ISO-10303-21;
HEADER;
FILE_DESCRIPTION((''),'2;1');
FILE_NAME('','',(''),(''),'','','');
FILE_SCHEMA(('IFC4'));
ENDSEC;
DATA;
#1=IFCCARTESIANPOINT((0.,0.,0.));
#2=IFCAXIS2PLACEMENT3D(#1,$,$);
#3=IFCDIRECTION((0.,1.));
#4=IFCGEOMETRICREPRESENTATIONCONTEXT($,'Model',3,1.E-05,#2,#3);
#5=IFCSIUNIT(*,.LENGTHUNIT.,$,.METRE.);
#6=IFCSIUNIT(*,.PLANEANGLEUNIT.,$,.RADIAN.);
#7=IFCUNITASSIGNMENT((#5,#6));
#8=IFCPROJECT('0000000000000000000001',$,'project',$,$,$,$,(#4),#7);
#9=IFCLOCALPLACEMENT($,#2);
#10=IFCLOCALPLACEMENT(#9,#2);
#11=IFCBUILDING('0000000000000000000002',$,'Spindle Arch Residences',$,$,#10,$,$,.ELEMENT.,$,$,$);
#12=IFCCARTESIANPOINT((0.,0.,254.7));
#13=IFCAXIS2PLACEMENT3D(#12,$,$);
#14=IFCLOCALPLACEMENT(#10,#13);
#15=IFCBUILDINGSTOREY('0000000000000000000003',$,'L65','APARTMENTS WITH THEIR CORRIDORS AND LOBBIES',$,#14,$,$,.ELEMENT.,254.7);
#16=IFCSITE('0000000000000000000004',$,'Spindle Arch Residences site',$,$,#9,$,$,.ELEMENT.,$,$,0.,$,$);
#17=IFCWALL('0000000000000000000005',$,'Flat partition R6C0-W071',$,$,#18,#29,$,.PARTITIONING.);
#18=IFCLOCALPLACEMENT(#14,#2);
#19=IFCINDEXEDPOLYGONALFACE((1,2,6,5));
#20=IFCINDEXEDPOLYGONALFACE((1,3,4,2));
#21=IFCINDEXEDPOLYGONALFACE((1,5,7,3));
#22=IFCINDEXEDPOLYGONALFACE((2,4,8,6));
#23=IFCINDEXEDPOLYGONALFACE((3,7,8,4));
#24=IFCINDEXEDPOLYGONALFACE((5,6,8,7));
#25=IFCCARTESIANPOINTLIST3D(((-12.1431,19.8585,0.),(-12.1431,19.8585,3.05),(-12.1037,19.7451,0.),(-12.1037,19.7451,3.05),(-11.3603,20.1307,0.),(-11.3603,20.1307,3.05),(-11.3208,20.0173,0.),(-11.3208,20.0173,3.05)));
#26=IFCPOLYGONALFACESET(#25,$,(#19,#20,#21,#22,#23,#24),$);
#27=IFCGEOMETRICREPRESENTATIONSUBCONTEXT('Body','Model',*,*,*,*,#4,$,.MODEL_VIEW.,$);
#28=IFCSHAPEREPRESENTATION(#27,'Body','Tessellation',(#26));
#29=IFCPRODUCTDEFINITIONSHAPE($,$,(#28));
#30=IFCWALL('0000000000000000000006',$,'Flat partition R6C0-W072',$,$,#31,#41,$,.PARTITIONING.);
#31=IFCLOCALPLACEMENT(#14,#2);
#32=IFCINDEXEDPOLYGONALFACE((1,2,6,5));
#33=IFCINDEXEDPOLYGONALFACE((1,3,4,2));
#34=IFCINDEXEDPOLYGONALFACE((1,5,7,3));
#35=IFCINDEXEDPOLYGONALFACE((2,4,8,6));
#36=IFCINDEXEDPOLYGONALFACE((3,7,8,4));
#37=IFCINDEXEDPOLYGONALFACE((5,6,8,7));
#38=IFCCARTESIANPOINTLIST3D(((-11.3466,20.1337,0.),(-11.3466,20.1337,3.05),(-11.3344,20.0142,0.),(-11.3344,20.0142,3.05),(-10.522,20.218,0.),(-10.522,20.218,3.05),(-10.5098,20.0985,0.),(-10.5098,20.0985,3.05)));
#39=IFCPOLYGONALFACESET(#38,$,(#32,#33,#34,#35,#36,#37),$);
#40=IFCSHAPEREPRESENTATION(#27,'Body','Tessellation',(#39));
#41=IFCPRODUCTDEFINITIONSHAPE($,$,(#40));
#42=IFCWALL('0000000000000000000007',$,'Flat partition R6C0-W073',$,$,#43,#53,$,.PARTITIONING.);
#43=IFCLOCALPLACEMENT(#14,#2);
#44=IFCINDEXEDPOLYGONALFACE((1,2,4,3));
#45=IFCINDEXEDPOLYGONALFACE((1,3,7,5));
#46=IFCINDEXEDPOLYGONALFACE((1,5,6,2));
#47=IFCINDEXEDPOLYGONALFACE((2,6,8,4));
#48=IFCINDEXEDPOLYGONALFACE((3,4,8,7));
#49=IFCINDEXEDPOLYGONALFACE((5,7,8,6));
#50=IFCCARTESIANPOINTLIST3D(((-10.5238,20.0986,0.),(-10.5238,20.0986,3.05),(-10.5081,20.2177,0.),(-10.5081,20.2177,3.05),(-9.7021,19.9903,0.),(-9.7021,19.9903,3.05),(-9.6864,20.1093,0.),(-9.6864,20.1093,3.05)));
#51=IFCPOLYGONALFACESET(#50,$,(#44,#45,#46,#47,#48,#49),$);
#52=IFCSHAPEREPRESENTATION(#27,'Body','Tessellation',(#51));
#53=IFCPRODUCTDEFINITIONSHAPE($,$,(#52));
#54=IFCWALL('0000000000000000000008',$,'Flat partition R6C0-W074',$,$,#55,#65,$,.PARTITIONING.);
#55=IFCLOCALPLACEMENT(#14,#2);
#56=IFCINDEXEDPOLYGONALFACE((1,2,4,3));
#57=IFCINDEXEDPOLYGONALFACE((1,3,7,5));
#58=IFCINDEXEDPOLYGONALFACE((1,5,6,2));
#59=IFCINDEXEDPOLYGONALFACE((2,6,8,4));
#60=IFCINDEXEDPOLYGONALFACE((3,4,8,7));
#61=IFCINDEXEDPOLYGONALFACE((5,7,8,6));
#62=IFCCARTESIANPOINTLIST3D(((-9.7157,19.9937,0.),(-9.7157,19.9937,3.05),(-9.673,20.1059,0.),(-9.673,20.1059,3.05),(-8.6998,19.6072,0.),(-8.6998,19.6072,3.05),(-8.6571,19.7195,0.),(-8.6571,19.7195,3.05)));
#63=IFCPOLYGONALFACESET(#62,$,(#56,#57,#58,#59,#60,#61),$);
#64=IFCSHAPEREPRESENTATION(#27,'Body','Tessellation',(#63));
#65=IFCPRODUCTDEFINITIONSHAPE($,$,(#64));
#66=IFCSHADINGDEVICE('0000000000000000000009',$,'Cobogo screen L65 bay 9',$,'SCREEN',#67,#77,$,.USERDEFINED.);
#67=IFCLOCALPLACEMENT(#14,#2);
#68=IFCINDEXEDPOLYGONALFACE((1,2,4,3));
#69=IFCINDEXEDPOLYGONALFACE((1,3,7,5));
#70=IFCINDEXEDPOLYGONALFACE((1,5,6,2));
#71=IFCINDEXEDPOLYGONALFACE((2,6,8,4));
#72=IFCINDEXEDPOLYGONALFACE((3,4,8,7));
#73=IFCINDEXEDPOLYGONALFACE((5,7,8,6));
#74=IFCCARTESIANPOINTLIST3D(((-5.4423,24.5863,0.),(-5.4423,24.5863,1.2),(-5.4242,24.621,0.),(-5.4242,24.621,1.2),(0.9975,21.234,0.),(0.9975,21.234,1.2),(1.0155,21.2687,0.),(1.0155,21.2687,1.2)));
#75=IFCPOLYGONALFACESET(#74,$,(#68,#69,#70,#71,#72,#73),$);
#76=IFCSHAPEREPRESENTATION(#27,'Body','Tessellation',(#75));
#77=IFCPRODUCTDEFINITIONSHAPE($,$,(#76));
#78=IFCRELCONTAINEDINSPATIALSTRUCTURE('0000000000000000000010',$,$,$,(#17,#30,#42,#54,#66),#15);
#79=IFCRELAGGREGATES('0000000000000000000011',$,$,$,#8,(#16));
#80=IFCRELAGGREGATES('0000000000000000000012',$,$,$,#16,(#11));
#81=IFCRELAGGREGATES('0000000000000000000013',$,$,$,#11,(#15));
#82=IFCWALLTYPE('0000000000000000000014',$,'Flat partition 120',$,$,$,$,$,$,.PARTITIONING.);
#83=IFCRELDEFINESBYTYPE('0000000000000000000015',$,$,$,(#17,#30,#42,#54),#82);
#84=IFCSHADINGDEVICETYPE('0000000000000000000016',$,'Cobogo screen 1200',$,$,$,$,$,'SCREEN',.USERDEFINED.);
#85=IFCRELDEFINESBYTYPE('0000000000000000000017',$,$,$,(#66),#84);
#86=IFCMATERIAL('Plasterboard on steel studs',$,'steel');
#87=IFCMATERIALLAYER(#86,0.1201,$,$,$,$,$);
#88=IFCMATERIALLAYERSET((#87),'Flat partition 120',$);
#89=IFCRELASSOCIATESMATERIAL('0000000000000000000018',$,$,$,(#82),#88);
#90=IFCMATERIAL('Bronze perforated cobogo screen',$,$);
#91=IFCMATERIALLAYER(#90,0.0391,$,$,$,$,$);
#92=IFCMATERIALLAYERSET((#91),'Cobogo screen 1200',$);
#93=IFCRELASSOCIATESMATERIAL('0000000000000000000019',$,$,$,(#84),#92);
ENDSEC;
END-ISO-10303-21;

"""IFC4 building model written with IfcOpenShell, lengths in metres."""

from ifc_helpers import new_model, si_unit, direction, frame, frame_2d, origin, origin_2d, place, context, subcontext, project, spatial, rectangle, extrude, material, layer, layer_set, type_object, element, save


model = new_model("IFC4")

# Units and contexts
model_context = context("Model", 3, precision=1e-05, world=origin(), true_north=direction((0.0, 1.0)))
body_context = subcontext(model_context, "Body", "Model", "MODEL_VIEW")
ifc_project = project(units=[si_unit("LENGTHUNIT", "METRE"), si_unit("PLANEANGLEUNIT", "RADIAN")], contexts=[model_context])

# Site, building, storey
site_placement = place(None, origin())
site = spatial("IfcSite", under=ifc_project, at=site_placement, Name="Spindle Arch Residences site", CompositionType="ELEMENT", RefElevation=0.0)
building_placement = place(site_placement, origin())
building = spatial("IfcBuilding", under=site, at=building_placement, Name="Spindle Arch Residences", CompositionType="ELEMENT")
storey_placement = place(building_placement, frame((0.0, 0.0, 254.7)))
storey = spatial("IfcBuildingStorey", under=building, at=storey_placement, Name="L65", Description="APARTMENTS WITH THEIR CORRIDORS AND LOBBIES", CompositionType="ELEMENT", Elevation=254.7)

# Shared definitions
ifc_material_1 = material(Name="Plasterboard on steel studs", Category="steel")
ifc_layer_1 = layer(ifc_material_1, 0.1201)
ifc_layer_set_1 = layer_set([ifc_layer_1], Name="Flat partition 120")
wall_type = type_object("IfcWallType", Name="Flat partition 120", PredefinedType="PARTITIONING", material=ifc_layer_set_1)

# Walls
for number, where, z_axis, x_axis, name in (
    (1, (-12.1235, 19.8018, 0.0), (0.0, 0.0, 1.0), (0.94454, 0.328395, 0.0), "Flat partition R6C0-W071"),
    (2, (-11.3406, 20.074, 0.0), (0.0, 0.0, 1.0), (0.994822, 0.101633, 0.0), "Flat partition R6C0-W072"),
    (3, (-10.5161, 20.1582, 0.0), (0.0, 0.0, 1.0), (0.991412, -0.130775, 0.0), "Flat partition R6C0-W073"),
):
    element("IfcWall", number, at=place(storey_placement, frame(where, z_axis=z_axis, x_axis=x_axis)), inside=storey, type_object=wall_type, Name=name, PredefinedType="PARTITIONING", context=body_context, shape_type="SweptSolid", body=[
        extrude(rectangle(XDim=0.8289, YDim=0.1201, at=frame_2d((0.4146, 0.0))), origin(), (0.0, 0.0, 1.0), 3.05),
    ])
wall_1_placement = place(storey_placement, frame((-9.6943, 20.0498, 0.0), z_axis=(0.0, 0.0, 1.0), x_axis=(0.934648, -0.355575, 0.0)))
element("IfcWall", 4, at=wall_1_placement, inside=storey, type_object=wall_type, Name="Flat partition R6C0-W074", PredefinedType="PARTITIONING", context=body_context, shape_type="SweptSolid", body=[
    extrude(rectangle(XDim=1.0869, YDim=0.1201, at=frame_2d((0.5435, 0.0))), origin(), (0.0, 0.0, 1.0), 3.05),
])

# Shading device
ifc_material_2 = material(Name="Bronze perforated cobogo screen")
ifc_layer_2 = layer(ifc_material_2, 0.0391)
ifc_layer_set_2 = layer_set([ifc_layer_2], Name="Cobogo screen 1200")
shading_device_type = type_object("IfcShadingDeviceType", Name="Cobogo screen 1200", ElementType="SCREEN", PredefinedType="USERDEFINED", material=ifc_layer_set_2)
shading_device_placement = place(storey_placement, frame((-2.2134, 22.9275, 0.0), z_axis=(0.0, 0.0, 1.0), x_axis=(-0.887011, 0.461749, 0.0)))
element("IfcShadingDevice", 5, at=shading_device_placement, inside=storey, type_object=shading_device_type, Name="Cobogo screen L65 bay 9", ObjectType="SCREEN", PredefinedType="USERDEFINED", context=body_context, shape_type="SweptSolid", body=[
    extrude(rectangle(XDim=7.26, YDim=0.0391, at=origin_2d()), origin(), (0.0, 0.0, 1.0), 1.2),
])

save(model, "model.ifc")
